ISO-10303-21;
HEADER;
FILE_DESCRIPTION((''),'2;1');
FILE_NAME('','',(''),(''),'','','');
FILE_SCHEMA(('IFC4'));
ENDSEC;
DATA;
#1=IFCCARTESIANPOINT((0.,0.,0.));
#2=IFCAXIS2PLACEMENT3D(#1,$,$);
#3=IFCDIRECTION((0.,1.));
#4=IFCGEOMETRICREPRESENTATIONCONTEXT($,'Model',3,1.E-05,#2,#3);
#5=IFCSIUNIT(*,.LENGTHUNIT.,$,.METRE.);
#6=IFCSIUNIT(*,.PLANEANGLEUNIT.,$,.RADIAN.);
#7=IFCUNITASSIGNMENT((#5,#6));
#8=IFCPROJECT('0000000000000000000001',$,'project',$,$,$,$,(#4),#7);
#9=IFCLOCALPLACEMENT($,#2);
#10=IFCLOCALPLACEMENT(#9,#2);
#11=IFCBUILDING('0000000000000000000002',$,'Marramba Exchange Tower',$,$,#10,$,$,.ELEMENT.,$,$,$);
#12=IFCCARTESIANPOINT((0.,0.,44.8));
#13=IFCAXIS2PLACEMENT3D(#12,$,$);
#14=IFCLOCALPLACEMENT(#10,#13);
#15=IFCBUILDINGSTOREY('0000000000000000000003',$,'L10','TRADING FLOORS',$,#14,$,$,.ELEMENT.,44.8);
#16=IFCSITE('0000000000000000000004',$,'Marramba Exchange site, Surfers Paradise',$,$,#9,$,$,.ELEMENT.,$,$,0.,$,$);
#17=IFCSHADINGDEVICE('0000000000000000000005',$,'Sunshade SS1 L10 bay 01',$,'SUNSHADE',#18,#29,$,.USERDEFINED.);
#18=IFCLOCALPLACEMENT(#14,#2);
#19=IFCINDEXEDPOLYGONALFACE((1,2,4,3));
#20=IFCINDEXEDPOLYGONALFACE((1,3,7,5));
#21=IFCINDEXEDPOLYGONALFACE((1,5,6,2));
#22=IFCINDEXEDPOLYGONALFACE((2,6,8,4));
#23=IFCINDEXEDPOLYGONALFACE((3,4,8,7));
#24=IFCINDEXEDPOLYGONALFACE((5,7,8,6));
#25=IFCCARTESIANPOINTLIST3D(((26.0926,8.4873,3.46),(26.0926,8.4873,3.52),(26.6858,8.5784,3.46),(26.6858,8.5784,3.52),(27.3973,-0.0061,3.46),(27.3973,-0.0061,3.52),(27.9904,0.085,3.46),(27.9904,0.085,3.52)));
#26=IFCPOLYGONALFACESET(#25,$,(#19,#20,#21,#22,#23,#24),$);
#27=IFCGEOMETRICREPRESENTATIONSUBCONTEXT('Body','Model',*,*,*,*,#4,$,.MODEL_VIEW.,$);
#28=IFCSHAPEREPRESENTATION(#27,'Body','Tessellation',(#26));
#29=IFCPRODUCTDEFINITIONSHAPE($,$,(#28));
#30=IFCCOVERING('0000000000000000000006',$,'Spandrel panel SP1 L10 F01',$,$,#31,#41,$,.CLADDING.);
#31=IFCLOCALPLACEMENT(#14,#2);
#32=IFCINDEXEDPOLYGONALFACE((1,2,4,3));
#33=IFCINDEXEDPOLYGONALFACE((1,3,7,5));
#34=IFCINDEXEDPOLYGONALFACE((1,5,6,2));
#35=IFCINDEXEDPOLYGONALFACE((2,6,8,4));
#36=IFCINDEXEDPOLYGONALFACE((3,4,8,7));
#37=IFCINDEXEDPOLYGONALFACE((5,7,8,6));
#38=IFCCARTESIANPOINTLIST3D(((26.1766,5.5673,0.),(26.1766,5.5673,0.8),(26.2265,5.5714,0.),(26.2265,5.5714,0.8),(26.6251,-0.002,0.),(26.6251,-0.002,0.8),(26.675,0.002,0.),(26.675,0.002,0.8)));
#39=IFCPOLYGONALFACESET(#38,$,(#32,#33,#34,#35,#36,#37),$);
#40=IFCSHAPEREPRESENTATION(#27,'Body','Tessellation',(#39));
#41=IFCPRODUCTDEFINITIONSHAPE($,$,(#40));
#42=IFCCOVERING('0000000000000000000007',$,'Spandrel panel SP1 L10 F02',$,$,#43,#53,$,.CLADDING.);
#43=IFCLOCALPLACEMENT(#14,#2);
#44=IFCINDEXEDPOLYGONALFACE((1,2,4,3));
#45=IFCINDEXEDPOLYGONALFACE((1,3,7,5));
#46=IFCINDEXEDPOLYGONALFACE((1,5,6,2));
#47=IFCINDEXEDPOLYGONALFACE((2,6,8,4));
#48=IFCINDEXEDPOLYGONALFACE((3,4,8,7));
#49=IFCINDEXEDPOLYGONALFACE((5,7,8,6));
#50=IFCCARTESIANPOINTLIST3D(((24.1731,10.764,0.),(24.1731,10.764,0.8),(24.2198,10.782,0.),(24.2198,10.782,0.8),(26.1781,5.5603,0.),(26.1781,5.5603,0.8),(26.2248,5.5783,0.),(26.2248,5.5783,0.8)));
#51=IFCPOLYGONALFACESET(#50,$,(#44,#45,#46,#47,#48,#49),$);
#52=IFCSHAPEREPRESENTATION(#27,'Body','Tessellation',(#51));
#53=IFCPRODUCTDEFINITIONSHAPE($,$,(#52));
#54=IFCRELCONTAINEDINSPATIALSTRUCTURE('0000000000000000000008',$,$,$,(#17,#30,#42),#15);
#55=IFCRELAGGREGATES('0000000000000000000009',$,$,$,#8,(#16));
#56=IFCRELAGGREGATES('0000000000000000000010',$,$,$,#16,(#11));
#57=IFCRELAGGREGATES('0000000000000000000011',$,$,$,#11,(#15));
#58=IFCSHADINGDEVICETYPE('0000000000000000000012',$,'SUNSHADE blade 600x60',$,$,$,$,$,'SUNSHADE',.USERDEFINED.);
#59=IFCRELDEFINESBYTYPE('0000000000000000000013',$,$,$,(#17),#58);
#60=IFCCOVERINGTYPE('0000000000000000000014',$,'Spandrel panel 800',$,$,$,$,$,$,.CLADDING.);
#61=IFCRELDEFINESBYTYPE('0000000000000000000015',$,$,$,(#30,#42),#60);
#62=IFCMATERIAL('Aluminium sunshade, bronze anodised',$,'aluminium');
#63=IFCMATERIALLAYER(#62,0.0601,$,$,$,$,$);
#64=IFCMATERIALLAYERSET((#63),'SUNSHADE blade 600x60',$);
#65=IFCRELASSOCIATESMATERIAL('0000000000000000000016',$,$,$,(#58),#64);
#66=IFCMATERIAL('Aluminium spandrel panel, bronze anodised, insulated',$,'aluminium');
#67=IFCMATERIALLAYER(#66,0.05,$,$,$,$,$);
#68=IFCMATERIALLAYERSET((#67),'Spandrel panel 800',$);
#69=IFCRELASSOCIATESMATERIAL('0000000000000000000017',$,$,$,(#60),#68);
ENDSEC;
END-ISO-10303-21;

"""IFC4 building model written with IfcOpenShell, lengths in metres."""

from ifc_helpers import new_model, si_unit, direction, frame, origin, origin_2d, place, context, subcontext, project, spatial, rectangle, extrude, material, layer, layer_set, type_object, element, save


model = new_model("IFC4")

# Units and contexts
model_context = context("Model", 3, precision=1e-05, world=origin(), true_north=direction((0.0, 1.0)))
body_context = subcontext(model_context, "Body", "Model", "MODEL_VIEW")
ifc_project = project(units=[si_unit("LENGTHUNIT", "METRE"), si_unit("PLANEANGLEUNIT", "RADIAN")], contexts=[model_context])

# Site, building, storey
site_placement = place(None, origin())
site = spatial("IfcSite", under=ifc_project, at=site_placement, Name="Marramba Exchange site, Surfers Paradise", CompositionType="ELEMENT", RefElevation=0.0)
building_placement = place(site_placement, origin())
building = spatial("IfcBuilding", under=site, at=building_placement, Name="Marramba Exchange Tower", CompositionType="ELEMENT")
storey_placement = place(building_placement, frame((0.0, 0.0, 44.8)))
storey = spatial("IfcBuildingStorey", under=building, at=storey_placement, Name="L10", Description="TRADING FLOORS", CompositionType="ELEMENT", Elevation=44.8)

# Shading device
ifc_material_1 = material(Name="Aluminium sunshade, bronze anodised", Category="aluminium")
ifc_layer_1 = layer(ifc_material_1, 0.0601)
ifc_layer_set_1 = layer_set([ifc_layer_1], Name="SUNSHADE blade 600x60")
shading_device_type_1 = type_object("IfcShadingDeviceType", Name="SUNSHADE blade 600x60", ElementType="SUNSHADE", PredefinedType="USERDEFINED", material=ifc_layer_set_1)
shading_device_1_placement = place(storey_placement, frame((27.0415, 4.2861, 3.46), z_axis=(0.0, 0.0, 1.0), x_axis=(-0.151825, 0.988407, 0.0)))
element("IfcShadingDevice", 1, at=shading_device_1_placement, inside=storey, type_object=shading_device_type_1, Name="Sunshade SS1 L10 bay 01", ObjectType="SUNSHADE", PredefinedType="USERDEFINED", context=body_context, shape_type="SweptSolid", body=[
    extrude(rectangle(XDim=8.593, YDim=0.6001, at=origin_2d()), origin(), (0.0, 0.0, 1.0), 0.0601),
])

# Coverings
ifc_material_2 = material(Name="Aluminium spandrel panel, bronze anodised, insulated", Category="aluminium")
ifc_layer_2 = layer(ifc_material_2, 0.05)
ifc_layer_set_2 = layer_set([ifc_layer_2], Name="Spandrel panel 800")
covering_type = type_object("IfcCoveringType", Name="Spandrel panel 800", PredefinedType="CLADDING", material=ifc_layer_set_2)
covering_1_placement = place(storey_placement, frame((26.4258, 2.7847, 0.0), z_axis=(0.0, 0.0, 1.0), x_axis=(-0.080275, 0.996773, 0.0)))
element("IfcCovering", 2, at=covering_1_placement, inside=storey, type_object=covering_type, Name="Spandrel panel SP1 L10 F01", PredefinedType="CLADDING", context=body_context, shape_type="SweptSolid", body=[
    extrude(rectangle(XDim=5.5874, YDim=0.05, at=origin_2d()), origin(), (0.0, 0.0, 1.0), 0.8),
])
covering_2_placement = place(storey_placement, frame((25.199, 8.1711, 0.0), z_axis=(0.0, 0.0, 1.0), x_axis=(-0.359526, 0.933135, 0.0)))
element("IfcCovering", 3, at=covering_2_placement, inside=storey, type_object=covering_type, Name="Spandrel panel SP1 L10 F02", PredefinedType="CLADDING", context=body_context, shape_type="SweptSolid", body=[
    extrude(rectangle(XDim=5.5767, YDim=0.05, at=origin_2d()), origin(), (0.0, 0.0, 1.0), 0.8),
])

save(model, "model.ifc")
